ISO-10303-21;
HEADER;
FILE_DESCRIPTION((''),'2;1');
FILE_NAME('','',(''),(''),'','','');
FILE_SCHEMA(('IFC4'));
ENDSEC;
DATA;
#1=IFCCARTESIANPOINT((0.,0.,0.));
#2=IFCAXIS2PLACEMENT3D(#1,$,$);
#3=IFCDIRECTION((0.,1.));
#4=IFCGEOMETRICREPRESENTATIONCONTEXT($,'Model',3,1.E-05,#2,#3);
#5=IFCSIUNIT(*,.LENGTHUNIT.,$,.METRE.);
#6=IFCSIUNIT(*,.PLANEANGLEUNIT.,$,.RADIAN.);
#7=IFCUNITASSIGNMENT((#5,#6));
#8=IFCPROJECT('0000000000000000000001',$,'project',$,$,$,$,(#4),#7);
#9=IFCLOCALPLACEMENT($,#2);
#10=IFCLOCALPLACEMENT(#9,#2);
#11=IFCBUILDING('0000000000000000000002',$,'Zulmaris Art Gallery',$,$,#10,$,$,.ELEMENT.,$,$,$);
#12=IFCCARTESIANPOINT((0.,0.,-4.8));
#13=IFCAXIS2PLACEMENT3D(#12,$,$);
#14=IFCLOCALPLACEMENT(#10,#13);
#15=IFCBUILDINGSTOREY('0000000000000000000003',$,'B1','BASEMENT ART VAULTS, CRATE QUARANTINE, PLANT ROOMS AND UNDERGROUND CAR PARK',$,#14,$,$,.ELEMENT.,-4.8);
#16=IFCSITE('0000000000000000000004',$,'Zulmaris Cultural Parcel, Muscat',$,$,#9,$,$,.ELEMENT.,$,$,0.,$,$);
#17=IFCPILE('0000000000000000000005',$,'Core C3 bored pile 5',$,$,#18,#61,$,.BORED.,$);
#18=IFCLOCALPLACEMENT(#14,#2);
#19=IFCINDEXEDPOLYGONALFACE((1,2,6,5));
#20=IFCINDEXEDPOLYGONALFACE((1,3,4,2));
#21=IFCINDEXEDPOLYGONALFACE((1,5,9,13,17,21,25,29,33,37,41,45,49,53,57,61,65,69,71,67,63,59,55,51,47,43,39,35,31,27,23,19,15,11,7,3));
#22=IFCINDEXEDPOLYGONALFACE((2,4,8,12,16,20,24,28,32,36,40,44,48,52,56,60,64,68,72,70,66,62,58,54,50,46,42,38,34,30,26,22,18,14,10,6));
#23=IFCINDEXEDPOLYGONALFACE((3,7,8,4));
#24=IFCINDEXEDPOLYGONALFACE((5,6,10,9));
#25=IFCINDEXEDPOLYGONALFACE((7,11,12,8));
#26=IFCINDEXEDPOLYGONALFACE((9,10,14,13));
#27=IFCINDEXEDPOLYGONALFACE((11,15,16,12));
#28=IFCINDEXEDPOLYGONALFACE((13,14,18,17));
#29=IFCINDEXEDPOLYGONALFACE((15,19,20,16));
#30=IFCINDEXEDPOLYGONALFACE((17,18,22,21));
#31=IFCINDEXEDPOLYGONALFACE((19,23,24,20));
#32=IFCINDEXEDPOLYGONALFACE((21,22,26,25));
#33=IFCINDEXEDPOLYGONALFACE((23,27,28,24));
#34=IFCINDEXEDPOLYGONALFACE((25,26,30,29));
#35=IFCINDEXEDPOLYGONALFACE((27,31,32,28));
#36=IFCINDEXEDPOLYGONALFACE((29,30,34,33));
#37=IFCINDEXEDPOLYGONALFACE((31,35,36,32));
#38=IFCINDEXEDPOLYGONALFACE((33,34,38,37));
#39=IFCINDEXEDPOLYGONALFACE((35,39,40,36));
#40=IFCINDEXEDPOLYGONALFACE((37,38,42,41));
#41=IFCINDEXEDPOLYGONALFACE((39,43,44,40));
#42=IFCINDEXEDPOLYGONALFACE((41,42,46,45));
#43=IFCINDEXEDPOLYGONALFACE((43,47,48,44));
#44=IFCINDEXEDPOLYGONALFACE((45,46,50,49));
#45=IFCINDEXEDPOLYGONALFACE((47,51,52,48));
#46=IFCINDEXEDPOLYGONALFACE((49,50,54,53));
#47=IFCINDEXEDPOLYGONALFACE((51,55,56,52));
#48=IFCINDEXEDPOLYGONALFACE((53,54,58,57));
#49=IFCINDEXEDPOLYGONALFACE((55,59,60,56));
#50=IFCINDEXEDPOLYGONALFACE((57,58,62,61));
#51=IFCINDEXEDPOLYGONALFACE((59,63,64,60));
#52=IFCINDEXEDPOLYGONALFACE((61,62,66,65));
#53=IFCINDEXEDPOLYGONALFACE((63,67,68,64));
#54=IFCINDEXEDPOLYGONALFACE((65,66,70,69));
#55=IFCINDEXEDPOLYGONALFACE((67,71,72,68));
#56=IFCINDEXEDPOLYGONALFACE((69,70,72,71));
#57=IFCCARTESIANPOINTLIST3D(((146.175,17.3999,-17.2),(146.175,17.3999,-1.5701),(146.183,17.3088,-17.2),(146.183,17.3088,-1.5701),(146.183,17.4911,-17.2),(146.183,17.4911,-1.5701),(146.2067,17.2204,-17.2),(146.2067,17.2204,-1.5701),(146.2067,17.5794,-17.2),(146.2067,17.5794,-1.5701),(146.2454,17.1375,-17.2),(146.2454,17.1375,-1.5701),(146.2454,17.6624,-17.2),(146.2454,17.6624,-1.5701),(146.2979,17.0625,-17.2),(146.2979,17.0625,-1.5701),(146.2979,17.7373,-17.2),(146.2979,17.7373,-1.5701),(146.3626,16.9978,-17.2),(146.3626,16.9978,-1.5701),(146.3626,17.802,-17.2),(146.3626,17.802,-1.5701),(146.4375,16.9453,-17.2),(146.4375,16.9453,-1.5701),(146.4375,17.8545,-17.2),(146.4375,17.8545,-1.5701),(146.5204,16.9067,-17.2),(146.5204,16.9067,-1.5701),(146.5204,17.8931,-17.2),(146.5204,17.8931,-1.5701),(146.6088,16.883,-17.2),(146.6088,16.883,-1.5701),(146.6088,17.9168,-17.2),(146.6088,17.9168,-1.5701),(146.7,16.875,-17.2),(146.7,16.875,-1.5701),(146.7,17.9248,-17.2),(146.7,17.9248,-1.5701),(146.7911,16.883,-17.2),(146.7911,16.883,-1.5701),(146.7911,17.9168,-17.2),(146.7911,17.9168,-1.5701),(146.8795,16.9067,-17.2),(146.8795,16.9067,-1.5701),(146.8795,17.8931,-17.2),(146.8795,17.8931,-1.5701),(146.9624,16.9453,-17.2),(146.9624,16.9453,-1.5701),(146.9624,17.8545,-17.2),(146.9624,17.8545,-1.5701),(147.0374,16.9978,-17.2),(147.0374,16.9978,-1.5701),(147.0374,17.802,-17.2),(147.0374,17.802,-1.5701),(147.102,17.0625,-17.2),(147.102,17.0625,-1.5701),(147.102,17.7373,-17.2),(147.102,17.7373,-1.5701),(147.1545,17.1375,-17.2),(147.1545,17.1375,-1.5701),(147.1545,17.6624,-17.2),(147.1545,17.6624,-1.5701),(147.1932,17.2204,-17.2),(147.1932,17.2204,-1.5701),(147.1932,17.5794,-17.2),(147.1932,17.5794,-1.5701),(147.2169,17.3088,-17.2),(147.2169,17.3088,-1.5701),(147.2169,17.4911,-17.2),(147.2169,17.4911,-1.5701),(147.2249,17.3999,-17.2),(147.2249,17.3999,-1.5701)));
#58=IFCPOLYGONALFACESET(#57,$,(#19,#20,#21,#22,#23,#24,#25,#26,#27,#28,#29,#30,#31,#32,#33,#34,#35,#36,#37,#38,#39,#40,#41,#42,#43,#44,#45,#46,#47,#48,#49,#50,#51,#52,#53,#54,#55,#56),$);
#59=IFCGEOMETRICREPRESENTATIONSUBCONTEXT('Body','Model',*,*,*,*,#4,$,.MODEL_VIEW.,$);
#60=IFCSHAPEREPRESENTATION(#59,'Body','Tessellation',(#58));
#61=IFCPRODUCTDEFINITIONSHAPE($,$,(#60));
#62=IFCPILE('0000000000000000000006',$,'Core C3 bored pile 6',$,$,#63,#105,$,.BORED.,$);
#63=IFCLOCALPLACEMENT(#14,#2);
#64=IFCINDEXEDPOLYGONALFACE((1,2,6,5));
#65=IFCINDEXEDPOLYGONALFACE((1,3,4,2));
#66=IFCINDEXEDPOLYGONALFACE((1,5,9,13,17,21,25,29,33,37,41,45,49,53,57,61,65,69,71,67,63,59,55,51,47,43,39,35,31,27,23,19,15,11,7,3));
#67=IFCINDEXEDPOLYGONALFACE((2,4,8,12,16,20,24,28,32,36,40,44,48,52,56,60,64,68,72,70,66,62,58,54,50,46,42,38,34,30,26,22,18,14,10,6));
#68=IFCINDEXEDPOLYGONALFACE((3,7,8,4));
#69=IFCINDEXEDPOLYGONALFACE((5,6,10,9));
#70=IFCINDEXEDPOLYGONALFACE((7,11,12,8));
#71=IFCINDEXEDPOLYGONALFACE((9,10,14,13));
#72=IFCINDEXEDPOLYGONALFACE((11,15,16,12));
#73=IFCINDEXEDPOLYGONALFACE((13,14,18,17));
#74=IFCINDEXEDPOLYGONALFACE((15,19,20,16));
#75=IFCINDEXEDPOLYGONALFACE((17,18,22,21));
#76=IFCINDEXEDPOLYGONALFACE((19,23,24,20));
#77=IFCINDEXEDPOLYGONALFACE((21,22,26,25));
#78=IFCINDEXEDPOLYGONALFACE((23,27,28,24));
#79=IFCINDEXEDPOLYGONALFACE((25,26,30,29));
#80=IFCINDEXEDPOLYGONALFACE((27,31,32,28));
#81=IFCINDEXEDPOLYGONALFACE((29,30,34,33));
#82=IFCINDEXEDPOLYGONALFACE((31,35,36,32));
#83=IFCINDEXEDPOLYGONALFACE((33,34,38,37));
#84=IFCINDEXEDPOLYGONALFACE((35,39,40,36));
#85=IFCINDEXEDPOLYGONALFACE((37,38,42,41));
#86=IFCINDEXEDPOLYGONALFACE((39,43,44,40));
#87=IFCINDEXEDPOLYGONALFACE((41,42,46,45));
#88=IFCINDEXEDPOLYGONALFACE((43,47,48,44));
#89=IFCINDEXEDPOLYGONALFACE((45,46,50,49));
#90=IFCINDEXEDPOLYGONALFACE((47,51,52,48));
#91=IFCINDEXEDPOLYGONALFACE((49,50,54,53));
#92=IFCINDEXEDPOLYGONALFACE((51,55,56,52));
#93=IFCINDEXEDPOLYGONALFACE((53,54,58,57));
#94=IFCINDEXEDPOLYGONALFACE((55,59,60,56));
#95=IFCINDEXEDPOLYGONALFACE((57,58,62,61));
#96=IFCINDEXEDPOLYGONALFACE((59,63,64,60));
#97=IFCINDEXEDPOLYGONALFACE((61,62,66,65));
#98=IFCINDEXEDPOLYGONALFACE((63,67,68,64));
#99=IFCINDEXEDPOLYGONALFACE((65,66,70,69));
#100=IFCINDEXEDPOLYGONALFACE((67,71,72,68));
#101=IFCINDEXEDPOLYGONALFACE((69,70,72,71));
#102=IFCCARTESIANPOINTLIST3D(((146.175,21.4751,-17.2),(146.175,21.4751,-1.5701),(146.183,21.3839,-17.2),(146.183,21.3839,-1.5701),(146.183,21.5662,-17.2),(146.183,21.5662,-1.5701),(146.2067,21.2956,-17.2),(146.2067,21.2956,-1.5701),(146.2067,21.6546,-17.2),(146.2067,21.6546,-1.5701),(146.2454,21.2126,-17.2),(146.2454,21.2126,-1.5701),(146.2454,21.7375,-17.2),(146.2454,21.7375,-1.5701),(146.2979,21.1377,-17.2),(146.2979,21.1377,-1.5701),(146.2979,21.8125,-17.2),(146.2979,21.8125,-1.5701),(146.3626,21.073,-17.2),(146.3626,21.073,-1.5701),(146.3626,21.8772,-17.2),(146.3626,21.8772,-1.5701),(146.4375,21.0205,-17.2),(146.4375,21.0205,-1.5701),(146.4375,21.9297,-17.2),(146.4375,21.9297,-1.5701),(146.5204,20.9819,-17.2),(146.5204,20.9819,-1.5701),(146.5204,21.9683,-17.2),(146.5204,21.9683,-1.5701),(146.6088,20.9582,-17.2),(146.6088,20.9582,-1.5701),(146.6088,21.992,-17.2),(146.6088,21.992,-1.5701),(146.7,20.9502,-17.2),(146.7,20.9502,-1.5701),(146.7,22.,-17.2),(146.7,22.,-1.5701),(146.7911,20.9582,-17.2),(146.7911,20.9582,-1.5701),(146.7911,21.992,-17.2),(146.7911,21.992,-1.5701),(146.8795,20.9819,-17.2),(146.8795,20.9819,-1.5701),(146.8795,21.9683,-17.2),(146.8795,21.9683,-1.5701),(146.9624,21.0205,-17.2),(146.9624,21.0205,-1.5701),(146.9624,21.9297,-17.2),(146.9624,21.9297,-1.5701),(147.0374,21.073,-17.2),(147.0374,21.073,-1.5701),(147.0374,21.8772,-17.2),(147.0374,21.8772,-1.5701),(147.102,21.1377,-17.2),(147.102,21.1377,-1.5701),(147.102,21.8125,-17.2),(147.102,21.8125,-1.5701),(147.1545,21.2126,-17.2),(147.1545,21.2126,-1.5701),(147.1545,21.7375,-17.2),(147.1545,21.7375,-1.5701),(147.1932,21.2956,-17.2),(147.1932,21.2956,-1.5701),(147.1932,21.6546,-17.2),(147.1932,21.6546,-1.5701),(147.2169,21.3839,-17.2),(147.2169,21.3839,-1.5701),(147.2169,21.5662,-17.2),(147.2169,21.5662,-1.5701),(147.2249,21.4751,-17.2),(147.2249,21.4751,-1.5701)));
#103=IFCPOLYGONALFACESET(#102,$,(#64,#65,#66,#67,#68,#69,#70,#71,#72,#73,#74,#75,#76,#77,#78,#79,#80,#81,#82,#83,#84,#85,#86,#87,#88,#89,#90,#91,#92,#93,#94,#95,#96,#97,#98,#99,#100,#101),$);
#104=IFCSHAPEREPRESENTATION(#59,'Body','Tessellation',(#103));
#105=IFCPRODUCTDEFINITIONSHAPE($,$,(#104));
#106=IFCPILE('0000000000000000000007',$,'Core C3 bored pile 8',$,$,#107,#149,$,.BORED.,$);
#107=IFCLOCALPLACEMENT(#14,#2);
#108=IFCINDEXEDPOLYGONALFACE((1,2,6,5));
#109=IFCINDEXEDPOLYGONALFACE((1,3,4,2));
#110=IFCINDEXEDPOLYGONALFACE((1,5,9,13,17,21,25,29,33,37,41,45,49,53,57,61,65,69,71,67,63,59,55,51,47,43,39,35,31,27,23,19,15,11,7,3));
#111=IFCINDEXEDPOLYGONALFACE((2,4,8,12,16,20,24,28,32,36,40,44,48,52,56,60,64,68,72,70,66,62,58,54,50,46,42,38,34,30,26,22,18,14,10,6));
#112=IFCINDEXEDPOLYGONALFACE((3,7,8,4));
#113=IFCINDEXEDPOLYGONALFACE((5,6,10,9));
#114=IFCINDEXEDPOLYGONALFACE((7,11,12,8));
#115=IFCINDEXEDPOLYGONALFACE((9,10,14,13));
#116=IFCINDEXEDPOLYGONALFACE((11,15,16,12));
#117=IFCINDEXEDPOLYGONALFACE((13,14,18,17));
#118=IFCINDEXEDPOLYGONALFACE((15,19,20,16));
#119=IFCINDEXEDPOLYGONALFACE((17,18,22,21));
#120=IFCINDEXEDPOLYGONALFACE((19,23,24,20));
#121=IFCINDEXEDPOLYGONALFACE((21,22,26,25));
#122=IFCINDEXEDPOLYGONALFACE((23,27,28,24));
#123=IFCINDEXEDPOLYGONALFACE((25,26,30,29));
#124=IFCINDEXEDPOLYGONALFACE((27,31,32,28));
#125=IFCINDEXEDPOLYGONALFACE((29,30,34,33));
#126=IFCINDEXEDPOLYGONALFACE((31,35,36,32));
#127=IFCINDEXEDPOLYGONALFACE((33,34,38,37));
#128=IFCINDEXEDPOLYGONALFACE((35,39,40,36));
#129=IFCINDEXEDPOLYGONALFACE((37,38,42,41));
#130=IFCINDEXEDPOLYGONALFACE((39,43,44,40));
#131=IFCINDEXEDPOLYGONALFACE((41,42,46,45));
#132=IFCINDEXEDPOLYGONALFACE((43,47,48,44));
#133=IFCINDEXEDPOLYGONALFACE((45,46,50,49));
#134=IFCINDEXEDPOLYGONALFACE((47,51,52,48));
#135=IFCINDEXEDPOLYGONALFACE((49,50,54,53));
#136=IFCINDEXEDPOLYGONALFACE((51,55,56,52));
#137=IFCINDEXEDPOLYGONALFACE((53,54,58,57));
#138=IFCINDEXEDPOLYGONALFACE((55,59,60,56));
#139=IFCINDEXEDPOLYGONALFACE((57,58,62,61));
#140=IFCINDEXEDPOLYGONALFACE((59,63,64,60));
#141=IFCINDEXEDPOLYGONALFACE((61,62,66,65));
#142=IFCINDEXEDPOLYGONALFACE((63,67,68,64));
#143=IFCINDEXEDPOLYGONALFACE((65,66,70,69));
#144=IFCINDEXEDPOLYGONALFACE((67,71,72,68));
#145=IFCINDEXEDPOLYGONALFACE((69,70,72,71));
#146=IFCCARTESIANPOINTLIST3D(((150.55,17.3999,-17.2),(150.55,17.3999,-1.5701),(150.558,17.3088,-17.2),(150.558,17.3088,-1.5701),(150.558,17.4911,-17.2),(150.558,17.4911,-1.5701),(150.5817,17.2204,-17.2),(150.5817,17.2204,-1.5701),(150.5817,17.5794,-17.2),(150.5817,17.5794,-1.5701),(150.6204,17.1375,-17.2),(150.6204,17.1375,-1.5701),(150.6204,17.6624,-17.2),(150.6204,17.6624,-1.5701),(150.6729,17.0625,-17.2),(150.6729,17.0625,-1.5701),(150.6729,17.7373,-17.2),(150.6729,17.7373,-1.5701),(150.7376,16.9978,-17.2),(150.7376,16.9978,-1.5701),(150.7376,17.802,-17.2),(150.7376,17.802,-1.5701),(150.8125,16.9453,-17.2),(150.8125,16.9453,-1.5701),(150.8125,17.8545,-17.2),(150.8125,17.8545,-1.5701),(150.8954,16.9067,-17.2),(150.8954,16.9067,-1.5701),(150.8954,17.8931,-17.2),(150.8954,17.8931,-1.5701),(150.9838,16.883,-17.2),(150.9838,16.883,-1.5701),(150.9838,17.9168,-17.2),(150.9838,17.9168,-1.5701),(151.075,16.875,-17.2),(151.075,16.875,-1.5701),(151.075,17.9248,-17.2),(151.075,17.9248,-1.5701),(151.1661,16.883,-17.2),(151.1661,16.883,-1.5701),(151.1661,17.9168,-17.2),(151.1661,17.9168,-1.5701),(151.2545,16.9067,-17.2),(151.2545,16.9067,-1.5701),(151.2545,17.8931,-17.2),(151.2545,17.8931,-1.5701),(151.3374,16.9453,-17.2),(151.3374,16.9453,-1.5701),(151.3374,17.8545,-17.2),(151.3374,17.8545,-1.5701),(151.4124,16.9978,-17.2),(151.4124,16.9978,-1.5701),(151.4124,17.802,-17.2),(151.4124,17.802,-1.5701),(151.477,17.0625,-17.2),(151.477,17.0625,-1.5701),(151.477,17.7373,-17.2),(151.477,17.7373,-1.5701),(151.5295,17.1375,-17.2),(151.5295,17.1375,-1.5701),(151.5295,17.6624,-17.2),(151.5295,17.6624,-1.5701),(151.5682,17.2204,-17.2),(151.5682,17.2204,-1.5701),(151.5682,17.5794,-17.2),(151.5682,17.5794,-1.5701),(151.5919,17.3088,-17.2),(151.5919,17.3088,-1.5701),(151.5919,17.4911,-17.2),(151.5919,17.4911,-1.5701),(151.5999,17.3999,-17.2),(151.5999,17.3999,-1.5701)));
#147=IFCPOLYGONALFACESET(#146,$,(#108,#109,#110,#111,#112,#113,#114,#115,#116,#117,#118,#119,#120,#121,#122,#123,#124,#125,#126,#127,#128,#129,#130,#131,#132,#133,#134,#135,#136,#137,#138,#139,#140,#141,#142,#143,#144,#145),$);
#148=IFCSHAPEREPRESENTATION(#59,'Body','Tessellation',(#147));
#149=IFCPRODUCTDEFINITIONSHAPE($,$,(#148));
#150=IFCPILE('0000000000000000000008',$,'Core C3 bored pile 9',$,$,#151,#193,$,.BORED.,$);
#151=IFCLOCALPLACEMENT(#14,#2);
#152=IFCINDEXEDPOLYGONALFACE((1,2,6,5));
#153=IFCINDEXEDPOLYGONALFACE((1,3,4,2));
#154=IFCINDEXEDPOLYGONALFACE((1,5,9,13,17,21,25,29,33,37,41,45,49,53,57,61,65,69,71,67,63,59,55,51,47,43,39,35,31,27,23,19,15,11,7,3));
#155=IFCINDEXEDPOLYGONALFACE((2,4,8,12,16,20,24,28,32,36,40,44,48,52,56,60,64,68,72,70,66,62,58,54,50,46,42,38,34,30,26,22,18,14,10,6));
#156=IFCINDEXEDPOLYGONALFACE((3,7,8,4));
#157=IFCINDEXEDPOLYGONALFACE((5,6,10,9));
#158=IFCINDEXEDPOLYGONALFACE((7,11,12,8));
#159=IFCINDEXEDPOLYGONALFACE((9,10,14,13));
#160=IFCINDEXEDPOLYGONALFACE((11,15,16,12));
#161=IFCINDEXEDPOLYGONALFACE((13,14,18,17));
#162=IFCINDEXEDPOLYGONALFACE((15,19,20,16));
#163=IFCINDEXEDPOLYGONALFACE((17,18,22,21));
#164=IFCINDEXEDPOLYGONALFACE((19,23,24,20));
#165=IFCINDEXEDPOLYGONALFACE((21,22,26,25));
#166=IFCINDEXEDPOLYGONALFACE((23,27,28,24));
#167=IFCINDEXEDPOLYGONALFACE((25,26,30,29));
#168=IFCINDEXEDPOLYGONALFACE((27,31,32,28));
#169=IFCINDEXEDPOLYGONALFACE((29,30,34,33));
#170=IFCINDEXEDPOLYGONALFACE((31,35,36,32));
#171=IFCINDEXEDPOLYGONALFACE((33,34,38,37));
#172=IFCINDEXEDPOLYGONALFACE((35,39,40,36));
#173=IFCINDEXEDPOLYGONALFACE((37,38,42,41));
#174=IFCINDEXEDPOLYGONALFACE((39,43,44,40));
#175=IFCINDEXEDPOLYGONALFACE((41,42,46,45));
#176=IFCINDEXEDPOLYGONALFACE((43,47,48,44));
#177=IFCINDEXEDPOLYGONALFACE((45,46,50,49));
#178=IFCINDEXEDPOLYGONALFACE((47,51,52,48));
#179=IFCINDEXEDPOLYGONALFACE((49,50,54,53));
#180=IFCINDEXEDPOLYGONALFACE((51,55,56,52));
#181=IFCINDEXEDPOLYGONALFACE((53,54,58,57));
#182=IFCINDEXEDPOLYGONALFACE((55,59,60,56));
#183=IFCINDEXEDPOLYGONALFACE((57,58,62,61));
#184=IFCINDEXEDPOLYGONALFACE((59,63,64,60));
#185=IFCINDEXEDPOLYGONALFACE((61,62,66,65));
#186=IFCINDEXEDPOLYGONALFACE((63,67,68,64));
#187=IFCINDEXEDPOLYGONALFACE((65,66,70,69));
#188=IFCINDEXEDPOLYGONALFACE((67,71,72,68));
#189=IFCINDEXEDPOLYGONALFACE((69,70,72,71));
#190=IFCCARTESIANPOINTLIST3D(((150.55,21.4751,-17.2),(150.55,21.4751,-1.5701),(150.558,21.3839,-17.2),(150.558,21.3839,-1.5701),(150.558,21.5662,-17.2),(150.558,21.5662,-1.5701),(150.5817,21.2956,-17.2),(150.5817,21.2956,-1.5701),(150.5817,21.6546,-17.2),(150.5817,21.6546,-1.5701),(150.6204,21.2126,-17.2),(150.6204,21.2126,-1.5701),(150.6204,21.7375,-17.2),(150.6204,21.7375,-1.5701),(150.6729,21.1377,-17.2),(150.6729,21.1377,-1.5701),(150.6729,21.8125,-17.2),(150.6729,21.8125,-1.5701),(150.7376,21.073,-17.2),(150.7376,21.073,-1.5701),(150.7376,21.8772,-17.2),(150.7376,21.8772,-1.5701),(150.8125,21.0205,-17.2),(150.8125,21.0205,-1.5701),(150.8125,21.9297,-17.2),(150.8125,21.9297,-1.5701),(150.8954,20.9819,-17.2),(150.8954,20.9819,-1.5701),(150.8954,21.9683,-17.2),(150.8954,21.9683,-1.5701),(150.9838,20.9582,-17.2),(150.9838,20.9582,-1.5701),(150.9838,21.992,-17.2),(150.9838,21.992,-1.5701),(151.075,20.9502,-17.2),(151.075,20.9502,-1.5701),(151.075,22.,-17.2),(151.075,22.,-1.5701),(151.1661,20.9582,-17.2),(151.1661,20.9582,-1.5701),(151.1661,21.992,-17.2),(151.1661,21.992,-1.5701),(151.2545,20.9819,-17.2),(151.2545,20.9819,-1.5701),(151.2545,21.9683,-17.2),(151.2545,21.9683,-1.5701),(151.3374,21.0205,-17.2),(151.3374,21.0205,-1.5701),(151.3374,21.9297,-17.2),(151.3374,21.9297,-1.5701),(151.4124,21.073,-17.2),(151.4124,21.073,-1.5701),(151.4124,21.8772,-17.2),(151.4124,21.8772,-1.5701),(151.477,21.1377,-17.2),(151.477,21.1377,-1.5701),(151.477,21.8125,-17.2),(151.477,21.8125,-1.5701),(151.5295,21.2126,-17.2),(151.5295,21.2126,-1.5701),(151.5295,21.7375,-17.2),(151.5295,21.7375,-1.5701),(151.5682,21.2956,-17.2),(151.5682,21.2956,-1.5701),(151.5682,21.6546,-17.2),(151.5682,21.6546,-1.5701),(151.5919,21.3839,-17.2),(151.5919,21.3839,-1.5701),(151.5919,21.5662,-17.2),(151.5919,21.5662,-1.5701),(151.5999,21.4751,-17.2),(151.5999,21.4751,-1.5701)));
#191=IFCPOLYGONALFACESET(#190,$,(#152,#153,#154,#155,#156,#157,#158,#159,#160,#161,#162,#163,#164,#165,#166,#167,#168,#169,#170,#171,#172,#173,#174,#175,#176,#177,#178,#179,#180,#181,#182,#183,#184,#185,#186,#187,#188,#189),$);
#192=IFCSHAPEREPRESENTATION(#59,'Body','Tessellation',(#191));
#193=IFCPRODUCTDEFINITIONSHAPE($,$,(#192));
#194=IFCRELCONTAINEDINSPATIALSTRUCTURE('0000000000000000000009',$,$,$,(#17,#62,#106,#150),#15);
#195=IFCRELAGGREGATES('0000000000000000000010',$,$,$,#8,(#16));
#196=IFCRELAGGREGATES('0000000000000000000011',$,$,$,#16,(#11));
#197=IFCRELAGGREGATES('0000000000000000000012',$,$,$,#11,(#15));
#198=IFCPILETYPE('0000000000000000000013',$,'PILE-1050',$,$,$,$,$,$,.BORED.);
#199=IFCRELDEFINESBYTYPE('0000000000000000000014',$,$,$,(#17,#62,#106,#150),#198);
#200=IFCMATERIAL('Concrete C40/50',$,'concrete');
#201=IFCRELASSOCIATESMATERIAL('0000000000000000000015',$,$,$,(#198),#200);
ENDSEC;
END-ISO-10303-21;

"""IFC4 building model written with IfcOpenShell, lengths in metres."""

from ifc_helpers import new_model, si_unit, direction, frame, origin, origin_2d, place, context, subcontext, project, spatial, circle, extrude, material, material_profile, profile_set, type_object, element, save


model = new_model("IFC4")

# Units and contexts
model_context = context("Model", 3, precision=1e-05, world=origin(), true_north=direction((0.0, 1.0)))
body_context = subcontext(model_context, "Body", "Model", "MODEL_VIEW")
ifc_project = project(units=[si_unit("LENGTHUNIT", "METRE"), si_unit("PLANEANGLEUNIT", "RADIAN")], contexts=[model_context])

# Site, building, storey
site_placement = place(None, origin())
site = spatial("IfcSite", under=ifc_project, at=site_placement, Name="Zulmaris Cultural Parcel, Muscat", CompositionType="ELEMENT", RefElevation=0.0)
building_placement = place(site_placement, origin())
building = spatial("IfcBuilding", under=site, at=building_placement, Name="Zulmaris Art Gallery", CompositionType="ELEMENT")
storey_placement = place(building_placement, frame((0.0, 0.0, -4.8)))
storey = spatial("IfcBuildingStorey", under=building, at=storey_placement, Name="B1", Description="BASEMENT ART VAULTS, CRATE QUARANTINE, PLANT ROOMS AND UNDERGROUND CAR PARK", CompositionType="ELEMENT", Elevation=-4.8)

# Piles
ifc_material_1 = material(Name="Concrete C40/50", Category="concrete")
ifc_material_profile_1 = material_profile(ifc_material_1, circle(Radius=0.5249, at=origin_2d()), Name="PILE DIA 1050")
ifc_profile_set_1 = profile_set([ifc_material_profile_1], Name="Concrete C40/50")
pile_type_1 = type_object("IfcPileType", Name="PILE-1050", PredefinedType="BORED", material=ifc_profile_set_1)
for number, where, z_axis, x_axis, name in (
    (1, (146.7, 17.3999, -1.5701), (0.0, 0.0, -1.0), (1.0, 0.0, 0.0), "Core C3 bored pile 5"),
    (2, (146.7, 21.4751, -1.5701), (0.0, 0.0, -1.0), (1.0, 0.0, 0.0), "Core C3 bored pile 6"),
    (3, (151.075, 17.3999, -1.5701), (0.0, 0.0, -1.0), (1.0, 0.0, 0.0), "Core C3 bored pile 8"),
    (4, (151.075, 21.4751, -1.5701), (0.0, 0.0, -1.0), (1.0, 0.0, 0.0), "Core C3 bored pile 9"),
):
    element("IfcPile", number, at=place(storey_placement, frame(where, z_axis=z_axis, x_axis=x_axis)), inside=storey, type_object=pile_type_1, Name=name, PredefinedType="BORED", context=body_context, shape_type="SweptSolid", body=[
        extrude(circle(Radius=0.5249, at=origin_2d()), origin(), (0.0, 0.0, 1.0), 15.6299),
    ])

save(model, "model.ifc")
